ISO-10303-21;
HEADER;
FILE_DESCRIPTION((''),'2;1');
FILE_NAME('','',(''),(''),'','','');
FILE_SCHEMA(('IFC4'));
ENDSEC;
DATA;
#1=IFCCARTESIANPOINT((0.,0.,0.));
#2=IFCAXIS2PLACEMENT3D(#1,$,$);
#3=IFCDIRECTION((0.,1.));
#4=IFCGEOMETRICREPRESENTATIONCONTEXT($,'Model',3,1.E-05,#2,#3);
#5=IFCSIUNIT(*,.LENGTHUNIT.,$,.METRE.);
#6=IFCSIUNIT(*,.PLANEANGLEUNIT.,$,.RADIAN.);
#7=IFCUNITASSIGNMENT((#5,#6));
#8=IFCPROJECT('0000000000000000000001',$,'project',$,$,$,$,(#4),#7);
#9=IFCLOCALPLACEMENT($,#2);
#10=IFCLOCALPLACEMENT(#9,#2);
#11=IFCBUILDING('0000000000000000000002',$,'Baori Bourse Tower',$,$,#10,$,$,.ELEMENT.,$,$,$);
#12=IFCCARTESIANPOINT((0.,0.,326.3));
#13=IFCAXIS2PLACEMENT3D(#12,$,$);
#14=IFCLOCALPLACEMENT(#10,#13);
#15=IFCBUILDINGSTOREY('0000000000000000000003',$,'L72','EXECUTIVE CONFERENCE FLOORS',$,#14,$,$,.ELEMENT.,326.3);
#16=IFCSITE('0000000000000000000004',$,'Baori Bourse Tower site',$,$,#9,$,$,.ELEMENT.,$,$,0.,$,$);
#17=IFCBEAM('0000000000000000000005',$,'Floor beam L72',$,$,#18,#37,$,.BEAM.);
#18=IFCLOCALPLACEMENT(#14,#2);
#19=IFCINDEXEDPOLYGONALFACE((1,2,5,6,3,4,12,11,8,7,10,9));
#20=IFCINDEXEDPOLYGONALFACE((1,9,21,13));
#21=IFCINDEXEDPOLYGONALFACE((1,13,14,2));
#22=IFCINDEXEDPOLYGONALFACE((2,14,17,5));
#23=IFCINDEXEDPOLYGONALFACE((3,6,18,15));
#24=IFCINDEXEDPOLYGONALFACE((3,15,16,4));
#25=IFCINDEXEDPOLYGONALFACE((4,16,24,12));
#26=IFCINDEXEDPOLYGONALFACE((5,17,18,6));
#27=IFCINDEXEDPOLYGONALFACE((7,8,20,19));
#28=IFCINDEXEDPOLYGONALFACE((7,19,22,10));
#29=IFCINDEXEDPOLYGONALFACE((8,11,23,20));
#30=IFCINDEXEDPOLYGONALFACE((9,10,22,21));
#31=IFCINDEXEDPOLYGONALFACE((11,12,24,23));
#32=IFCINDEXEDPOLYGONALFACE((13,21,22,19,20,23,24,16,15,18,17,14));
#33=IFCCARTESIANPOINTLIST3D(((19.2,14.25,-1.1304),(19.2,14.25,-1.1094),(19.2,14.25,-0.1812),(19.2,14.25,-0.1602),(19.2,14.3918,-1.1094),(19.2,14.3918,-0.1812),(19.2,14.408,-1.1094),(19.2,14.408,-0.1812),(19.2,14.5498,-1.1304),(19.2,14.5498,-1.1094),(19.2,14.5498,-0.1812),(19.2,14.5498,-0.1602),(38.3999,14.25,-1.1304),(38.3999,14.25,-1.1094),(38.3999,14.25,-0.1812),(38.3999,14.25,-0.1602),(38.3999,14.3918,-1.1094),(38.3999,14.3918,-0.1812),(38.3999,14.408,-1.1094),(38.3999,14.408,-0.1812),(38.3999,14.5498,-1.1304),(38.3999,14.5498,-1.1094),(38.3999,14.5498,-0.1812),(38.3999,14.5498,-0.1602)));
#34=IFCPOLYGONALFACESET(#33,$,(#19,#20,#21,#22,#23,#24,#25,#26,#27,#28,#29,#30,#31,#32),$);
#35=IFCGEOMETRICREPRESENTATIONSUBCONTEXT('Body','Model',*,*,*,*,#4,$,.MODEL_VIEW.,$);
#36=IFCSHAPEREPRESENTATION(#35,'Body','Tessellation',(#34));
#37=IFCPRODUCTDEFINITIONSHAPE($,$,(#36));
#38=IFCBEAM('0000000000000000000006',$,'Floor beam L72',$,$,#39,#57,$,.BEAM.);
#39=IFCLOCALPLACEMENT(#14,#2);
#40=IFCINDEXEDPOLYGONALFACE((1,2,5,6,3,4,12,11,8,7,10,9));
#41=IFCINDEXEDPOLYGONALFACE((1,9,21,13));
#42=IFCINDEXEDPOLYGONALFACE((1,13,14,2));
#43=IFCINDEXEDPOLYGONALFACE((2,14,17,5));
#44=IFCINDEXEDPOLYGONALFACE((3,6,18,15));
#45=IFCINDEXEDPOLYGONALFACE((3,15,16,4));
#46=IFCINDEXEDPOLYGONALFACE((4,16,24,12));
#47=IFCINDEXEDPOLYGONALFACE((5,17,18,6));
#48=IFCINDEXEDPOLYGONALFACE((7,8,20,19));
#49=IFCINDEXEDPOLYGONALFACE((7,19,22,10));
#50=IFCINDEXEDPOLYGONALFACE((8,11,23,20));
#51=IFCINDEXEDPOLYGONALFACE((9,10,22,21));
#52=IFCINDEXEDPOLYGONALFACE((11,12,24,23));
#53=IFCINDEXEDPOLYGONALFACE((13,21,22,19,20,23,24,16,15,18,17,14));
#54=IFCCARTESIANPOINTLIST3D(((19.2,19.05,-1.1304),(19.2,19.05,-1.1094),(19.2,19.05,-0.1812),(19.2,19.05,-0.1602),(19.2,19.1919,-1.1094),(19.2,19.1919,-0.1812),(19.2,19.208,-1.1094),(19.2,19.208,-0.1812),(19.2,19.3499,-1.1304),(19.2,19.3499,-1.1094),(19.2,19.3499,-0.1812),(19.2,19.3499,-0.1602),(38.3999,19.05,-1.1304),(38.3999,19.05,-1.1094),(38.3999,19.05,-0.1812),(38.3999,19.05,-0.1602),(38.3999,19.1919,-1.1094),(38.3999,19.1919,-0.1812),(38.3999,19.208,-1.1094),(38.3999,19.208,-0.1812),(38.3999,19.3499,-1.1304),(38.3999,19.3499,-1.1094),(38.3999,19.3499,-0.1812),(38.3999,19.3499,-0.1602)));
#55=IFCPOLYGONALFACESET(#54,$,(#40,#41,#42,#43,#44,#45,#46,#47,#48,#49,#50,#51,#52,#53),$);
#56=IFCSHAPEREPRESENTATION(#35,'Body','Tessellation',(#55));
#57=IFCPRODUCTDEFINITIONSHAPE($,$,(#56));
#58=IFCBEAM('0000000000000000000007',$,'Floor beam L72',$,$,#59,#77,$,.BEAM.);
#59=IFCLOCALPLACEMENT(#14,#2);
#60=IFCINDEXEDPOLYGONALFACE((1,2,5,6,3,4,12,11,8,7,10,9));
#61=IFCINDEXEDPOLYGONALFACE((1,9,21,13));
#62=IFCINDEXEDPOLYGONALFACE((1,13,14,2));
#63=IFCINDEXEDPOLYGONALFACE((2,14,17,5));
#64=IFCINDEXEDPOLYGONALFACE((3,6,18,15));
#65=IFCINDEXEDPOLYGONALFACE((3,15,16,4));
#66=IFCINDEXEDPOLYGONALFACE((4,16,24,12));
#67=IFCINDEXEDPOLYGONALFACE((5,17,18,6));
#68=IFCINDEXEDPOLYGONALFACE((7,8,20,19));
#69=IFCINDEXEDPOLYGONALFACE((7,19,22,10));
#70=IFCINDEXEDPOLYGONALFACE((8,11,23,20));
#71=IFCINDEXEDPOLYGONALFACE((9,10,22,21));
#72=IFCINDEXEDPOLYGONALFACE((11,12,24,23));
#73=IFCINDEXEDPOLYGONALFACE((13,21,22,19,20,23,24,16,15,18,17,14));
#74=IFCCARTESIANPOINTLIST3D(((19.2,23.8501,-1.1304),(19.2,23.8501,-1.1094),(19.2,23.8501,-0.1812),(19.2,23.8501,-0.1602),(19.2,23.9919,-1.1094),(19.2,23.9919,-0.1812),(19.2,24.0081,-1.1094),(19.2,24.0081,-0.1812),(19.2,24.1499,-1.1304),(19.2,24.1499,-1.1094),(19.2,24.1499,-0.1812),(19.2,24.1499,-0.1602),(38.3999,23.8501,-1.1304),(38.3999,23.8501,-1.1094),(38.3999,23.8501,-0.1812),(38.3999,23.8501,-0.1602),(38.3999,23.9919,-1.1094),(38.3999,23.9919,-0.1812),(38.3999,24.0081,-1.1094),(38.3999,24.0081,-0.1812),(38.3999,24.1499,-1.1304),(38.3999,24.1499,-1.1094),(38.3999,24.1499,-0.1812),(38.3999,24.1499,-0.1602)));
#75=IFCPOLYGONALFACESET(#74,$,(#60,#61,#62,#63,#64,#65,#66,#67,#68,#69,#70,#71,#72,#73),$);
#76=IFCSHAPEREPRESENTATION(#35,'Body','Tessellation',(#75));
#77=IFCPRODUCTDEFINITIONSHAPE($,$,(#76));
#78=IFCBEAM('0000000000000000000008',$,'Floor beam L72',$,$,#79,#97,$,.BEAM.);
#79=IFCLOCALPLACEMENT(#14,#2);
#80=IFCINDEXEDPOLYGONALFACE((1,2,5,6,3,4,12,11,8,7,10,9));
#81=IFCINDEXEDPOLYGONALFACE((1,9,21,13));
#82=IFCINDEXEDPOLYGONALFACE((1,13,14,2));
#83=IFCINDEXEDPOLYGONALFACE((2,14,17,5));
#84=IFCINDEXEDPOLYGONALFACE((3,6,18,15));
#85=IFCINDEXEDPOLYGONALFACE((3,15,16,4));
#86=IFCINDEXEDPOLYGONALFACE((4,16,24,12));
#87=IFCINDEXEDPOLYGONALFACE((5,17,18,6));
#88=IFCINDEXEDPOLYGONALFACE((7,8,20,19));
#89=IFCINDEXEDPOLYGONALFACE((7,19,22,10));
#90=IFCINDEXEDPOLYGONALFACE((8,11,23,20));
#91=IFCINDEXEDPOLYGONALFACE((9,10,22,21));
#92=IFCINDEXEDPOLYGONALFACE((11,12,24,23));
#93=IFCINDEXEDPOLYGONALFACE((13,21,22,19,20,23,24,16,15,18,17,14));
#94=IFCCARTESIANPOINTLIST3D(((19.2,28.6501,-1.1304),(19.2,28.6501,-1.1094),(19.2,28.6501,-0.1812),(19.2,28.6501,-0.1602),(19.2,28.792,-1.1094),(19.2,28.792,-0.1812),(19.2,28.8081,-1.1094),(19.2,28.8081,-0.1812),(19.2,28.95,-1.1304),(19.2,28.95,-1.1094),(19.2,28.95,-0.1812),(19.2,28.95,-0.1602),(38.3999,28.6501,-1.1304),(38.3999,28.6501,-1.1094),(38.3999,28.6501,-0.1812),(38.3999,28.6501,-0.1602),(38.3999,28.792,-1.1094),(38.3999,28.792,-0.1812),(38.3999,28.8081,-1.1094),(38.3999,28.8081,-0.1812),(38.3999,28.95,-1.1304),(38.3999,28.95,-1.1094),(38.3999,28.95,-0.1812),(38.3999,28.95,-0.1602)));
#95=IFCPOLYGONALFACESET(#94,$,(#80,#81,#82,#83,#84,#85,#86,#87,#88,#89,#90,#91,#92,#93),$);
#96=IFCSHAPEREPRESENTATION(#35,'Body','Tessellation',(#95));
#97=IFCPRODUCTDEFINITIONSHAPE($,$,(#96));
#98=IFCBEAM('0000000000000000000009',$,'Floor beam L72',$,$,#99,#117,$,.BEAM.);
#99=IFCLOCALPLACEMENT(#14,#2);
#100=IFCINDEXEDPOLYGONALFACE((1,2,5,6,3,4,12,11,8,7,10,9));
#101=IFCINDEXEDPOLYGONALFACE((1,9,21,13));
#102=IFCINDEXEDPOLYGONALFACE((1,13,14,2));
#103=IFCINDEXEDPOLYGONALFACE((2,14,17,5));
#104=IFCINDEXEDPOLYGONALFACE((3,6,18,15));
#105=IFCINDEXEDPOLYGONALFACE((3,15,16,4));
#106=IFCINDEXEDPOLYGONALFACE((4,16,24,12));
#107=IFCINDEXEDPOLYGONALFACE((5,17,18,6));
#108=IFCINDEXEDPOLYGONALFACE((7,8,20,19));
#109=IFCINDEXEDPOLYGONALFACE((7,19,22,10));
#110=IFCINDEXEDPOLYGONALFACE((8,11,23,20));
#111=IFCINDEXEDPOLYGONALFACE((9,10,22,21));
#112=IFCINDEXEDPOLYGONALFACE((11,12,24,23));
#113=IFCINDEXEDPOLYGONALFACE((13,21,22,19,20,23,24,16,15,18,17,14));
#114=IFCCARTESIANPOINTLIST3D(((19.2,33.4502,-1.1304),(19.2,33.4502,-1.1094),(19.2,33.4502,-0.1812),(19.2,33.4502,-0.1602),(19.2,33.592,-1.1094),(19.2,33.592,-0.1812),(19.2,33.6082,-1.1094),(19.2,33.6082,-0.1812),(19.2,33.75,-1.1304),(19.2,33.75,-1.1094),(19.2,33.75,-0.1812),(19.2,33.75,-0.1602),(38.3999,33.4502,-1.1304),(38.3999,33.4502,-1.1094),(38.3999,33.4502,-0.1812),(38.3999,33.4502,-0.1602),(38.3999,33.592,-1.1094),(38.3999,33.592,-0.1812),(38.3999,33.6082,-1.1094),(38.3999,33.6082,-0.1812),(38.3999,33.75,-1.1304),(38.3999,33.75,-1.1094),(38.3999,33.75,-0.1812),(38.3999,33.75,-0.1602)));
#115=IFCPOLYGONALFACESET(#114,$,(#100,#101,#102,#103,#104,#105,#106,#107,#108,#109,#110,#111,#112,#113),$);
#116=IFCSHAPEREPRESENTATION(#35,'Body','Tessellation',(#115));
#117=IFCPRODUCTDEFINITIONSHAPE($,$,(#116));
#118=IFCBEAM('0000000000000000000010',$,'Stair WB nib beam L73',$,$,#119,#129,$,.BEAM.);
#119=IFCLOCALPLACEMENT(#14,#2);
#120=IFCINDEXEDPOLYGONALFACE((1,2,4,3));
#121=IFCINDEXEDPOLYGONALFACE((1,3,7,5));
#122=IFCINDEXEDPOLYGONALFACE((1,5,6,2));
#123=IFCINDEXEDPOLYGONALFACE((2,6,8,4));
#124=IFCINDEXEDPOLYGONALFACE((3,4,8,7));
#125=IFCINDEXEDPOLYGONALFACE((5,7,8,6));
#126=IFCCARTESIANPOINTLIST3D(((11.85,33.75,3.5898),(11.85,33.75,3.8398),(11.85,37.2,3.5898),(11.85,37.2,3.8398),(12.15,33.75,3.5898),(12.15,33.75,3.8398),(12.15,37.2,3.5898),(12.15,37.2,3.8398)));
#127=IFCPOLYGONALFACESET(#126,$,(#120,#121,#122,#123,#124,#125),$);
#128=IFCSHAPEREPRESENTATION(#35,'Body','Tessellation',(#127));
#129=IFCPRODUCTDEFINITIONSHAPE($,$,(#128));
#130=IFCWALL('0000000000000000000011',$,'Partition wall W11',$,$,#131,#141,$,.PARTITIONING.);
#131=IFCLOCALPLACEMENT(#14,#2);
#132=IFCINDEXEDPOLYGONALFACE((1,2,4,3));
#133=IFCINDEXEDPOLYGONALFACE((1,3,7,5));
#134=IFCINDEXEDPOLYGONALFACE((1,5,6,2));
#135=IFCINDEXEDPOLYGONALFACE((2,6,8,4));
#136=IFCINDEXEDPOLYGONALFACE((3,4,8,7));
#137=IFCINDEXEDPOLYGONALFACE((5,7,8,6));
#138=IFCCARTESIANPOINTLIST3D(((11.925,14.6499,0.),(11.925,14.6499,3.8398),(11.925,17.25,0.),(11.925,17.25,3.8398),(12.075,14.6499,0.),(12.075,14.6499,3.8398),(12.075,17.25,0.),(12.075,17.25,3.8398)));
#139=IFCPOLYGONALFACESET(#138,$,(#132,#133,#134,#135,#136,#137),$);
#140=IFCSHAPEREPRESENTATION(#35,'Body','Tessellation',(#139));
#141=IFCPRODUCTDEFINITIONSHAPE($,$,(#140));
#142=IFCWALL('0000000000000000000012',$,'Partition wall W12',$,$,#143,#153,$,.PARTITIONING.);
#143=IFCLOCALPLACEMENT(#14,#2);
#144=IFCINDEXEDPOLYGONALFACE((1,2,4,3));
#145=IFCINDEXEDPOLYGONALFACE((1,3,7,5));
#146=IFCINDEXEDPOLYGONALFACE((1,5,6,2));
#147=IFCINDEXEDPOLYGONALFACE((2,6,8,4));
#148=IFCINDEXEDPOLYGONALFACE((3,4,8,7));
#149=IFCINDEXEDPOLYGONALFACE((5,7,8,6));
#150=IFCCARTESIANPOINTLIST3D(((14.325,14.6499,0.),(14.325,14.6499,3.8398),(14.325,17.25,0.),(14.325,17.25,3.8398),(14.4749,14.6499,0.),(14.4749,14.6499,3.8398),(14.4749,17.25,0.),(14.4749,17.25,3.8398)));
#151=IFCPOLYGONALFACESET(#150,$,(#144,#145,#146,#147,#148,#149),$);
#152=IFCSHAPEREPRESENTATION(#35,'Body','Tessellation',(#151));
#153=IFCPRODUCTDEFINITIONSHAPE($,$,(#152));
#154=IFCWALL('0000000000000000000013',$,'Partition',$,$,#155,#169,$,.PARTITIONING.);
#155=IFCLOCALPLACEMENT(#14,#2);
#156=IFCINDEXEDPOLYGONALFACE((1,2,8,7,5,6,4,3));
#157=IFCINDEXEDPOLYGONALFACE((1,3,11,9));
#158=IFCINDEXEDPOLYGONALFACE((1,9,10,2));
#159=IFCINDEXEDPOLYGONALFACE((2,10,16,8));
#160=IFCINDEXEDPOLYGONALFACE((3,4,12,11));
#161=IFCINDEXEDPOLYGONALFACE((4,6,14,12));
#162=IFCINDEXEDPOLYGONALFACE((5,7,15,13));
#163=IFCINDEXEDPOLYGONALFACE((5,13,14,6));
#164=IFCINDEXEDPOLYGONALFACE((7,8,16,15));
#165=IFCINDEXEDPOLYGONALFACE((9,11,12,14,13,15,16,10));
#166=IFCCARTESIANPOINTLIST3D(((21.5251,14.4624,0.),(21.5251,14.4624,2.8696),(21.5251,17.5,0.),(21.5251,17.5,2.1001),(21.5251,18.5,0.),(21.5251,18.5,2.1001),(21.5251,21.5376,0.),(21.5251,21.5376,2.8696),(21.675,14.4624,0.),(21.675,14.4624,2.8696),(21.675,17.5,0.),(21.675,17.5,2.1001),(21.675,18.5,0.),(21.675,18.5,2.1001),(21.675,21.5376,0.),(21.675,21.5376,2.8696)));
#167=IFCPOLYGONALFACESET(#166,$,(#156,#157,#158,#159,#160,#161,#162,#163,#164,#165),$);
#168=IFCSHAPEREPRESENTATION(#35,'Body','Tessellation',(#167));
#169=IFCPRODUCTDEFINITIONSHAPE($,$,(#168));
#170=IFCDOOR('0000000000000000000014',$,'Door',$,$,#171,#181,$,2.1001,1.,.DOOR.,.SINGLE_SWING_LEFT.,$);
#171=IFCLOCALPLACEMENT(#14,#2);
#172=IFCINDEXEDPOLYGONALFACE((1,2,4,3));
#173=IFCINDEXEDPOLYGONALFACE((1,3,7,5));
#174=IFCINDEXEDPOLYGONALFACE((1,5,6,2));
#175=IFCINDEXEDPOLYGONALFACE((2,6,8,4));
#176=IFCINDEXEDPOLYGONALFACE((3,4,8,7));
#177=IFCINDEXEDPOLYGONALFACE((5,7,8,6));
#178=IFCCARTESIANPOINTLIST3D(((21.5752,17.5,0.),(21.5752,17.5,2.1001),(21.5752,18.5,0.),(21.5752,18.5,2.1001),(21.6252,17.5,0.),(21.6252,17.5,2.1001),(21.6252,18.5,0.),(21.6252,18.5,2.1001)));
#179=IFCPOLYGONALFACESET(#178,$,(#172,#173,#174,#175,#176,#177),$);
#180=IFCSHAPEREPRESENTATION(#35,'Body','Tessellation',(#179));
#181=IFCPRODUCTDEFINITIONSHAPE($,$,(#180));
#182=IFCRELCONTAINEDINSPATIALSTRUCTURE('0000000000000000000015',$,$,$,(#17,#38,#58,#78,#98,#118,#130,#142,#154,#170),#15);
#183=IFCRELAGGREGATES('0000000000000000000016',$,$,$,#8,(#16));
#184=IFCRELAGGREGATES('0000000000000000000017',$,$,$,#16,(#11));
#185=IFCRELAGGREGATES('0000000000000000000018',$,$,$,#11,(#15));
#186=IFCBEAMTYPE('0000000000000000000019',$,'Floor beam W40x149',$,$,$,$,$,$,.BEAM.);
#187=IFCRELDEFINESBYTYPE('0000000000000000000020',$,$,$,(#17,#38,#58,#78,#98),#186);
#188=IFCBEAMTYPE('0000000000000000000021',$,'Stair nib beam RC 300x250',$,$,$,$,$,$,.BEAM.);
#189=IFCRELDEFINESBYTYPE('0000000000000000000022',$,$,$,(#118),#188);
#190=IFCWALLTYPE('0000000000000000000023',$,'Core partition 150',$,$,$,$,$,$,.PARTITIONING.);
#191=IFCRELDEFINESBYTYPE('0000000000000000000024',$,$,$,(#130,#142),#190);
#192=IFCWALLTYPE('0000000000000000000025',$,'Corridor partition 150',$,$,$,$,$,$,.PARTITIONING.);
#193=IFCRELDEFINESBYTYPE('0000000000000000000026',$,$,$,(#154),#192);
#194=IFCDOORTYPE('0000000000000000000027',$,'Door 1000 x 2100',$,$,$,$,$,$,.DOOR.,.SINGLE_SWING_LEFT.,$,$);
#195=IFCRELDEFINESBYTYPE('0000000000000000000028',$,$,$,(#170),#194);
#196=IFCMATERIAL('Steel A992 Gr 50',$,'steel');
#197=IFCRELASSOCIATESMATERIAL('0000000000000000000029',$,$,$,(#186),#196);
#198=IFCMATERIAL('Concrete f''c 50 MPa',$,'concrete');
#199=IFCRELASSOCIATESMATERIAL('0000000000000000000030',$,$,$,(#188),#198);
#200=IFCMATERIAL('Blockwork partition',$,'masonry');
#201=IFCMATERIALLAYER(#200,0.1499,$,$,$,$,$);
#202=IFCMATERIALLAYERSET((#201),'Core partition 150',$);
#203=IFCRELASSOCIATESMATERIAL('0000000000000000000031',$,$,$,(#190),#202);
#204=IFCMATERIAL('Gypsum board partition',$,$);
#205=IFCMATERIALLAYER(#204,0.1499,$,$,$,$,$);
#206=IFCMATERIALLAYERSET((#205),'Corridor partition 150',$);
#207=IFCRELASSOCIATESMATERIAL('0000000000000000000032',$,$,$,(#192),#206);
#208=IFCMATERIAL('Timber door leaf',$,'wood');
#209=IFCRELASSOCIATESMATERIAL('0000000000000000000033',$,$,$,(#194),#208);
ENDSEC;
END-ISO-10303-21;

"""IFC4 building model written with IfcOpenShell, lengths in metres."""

from ifc_helpers import new_model, si_unit, direction, frame, frame_2d, origin, origin_2d, place, context, subcontext, project, spatial, rectangle, i_section, extrude, material, layer, layer_set, material_profile, profile_set, type_object, element, fill, save


model = new_model("IFC4")

# Units and contexts
model_context = context("Model", 3, precision=1e-05, world=origin(), true_north=direction((0.0, 1.0)))
body_context = subcontext(model_context, "Body", "Model", "MODEL_VIEW")
ifc_project = project(units=[si_unit("LENGTHUNIT", "METRE"), si_unit("PLANEANGLEUNIT", "RADIAN")], contexts=[model_context])

# Site, building, storey
site_placement = place(None, origin())
site = spatial("IfcSite", under=ifc_project, at=site_placement, Name="Baori Bourse Tower site", CompositionType="ELEMENT", RefElevation=0.0)
building_placement = place(site_placement, origin())
building = spatial("IfcBuilding", under=site, at=building_placement, Name="Baori Bourse Tower", CompositionType="ELEMENT")
storey_placement = place(building_placement, frame((0.0, 0.0, 326.3)))
storey = spatial("IfcBuildingStorey", under=building, at=storey_placement, Name="L72", Description="EXECUTIVE CONFERENCE FLOORS", CompositionType="ELEMENT", Elevation=326.3)

# Beams
ifc_material_1 = material(Name="Steel A992 Gr 50", Category="steel")
ifc_material_profile_1 = material_profile(ifc_material_1, i_section(OverallWidth=0.2998, OverallDepth=0.9702, WebThickness=0.0161, FlangeThickness=0.021, at=origin_2d()), Name="W40x149")
ifc_profile_set_1 = profile_set([ifc_material_profile_1], Name="Steel A992 Gr 50")
beam_type_1 = type_object("IfcBeamType", Name="Floor beam W40x149", PredefinedType="BEAM", material=ifc_profile_set_1)
for number, where, z_axis, x_axis, name in (
    (1, (19.2, 14.3999, -0.6453), (1.0, 0.0, 0.0), (0.0, 1.0, 0.0), "Floor beam L72"),
    (2, (19.2, 19.2, -0.6453), (1.0, 0.0, 0.0), (0.0, 1.0, 0.0), "Floor beam L72"),
    (3, (19.2, 24.0, -0.6453), (1.0, 0.0, 0.0), (0.0, 1.0, 0.0), "Floor beam L72"),
    (4, (19.2, 28.8, -0.6453), (1.0, 0.0, 0.0), (0.0, 1.0, 0.0), "Floor beam L72"),
    (5, (19.2, 33.6001, -0.6453), (1.0, 0.0, 0.0), (0.0, 1.0, 0.0), "Floor beam L72"),
):
    element("IfcBeam", number, at=place(storey_placement, frame(where, z_axis=z_axis, x_axis=x_axis)), inside=storey, type_object=beam_type_1, Name=name, PredefinedType="BEAM", context=body_context, shape_type="SweptSolid", body=[
        extrude(i_section(OverallWidth=0.2998, OverallDepth=0.9702, WebThickness=0.0161, FlangeThickness=0.021, at=origin_2d()), origin(), (0.0, 0.0, 1.0), 19.2),
    ])
ifc_material_2 = material(Name="Concrete f'c 50 MPa", Category="concrete")
ifc_material_profile_2 = material_profile(ifc_material_2, rectangle(XDim=0.3, YDim=0.25, at=origin_2d()), Name="RC 300x250")
ifc_profile_set_2 = profile_set([ifc_material_profile_2], Name="Concrete f'c 50 MPa")
beam_type_2 = type_object("IfcBeamType", Name="Stair nib beam RC 300x250", PredefinedType="BEAM", material=ifc_profile_set_2)
beam_placement = place(storey_placement, frame((12.0, 33.75, 3.7148), z_axis=(0.0, 1.0, 0.0), x_axis=(-1.0, 0.0, 0.0)))
element("IfcBeam", 6, at=beam_placement, inside=storey, type_object=beam_type_2, Name="Stair WB nib beam L73", PredefinedType="BEAM", context=body_context, shape_type="SweptSolid", body=[
    extrude(rectangle(XDim=0.3, YDim=0.25, at=origin_2d()), origin(), (0.0, 0.0, 1.0), 3.45),
])

# Walls
ifc_material_3 = material(Name="Blockwork partition", Category="masonry")
ifc_layer_1 = layer(ifc_material_3, 0.1499)
ifc_layer_set_1 = layer_set([ifc_layer_1], Name="Core partition 150")
wall_type_1 = type_object("IfcWallType", Name="Core partition 150", PredefinedType="PARTITIONING", material=ifc_layer_set_1)
for number, where, z_axis, x_axis, name in (
    (7, (12.0, 14.6499, 0.0), (0.0, 0.0, 1.0), (0.0, 1.0, 0.0), "Partition wall W11"),
    (8, (14.3999, 14.6499, 0.0), (0.0, 0.0, 1.0), (0.0, 1.0, 0.0), "Partition wall W12"),
):
    element("IfcWall", number, at=place(storey_placement, frame(where, z_axis=z_axis, x_axis=x_axis)), inside=storey, type_object=wall_type_1, Name=name, PredefinedType="PARTITIONING", context=body_context, shape_type="SweptSolid", body=[
        extrude(rectangle(XDim=2.6001, YDim=0.1499, at=frame_2d((1.3, 0.0))), origin(), (0.0, 0.0, 1.0), 3.8398),
    ])

# Wall, opening, door
ifc_material_4 = material(Name="Gypsum board partition")
ifc_layer_2 = layer(ifc_material_4, 0.1499)
ifc_layer_set_2 = layer_set([ifc_layer_2], Name="Corridor partition 150")
wall_type_2 = type_object("IfcWallType", Name="Corridor partition 150", PredefinedType="PARTITIONING", material=ifc_layer_set_2)
wall_1_placement = place(storey_placement, frame((21.6001, 14.4624, 0.0), z_axis=(0.0, 0.0, 1.0), x_axis=(0.0, 1.0, 0.0)))
wall_1 = element("IfcWall", 9, at=wall_1_placement, inside=storey, type_object=wall_type_2, Name="Partition", PredefinedType="PARTITIONING", context=body_context, shape_type="SweptSolid", body=[
    extrude(rectangle(XDim=7.0752, YDim=0.1499, at=frame_2d((3.5376, 0.0))), origin(), (0.0, 0.0, 1.0), 2.8696),
])
opening_1_placement = place(wall_1_placement, frame((3.0376, 0.0, 0.0)))
opening_1 = element("IfcOpeningElement", 10, at=opening_1_placement, cuts=wall_1, PredefinedType="OPENING", context=body_context, shape_type="SweptSolid", body=[
    extrude(rectangle(XDim=1.0, YDim=2.1001, at=frame_2d((0.5, 1.05))), frame((0.0, 0.085, 0.0), z_axis=(0.0, -1.0, 0.0), x_axis=(1.0, 0.0, 0.0)), (0.0, 0.0, 1.0), 0.1699),
])
ifc_material_5 = material(Name="Timber door leaf", Category="wood")
door_type_1 = type_object("IfcDoorType", Name="Door 1000 x 2100", OperationType="SINGLE_SWING_LEFT", PredefinedType="DOOR", material=ifc_material_5)
door_1_placement = place(opening_1_placement, origin())
door_1 = element("IfcDoor", 11, at=door_1_placement, inside=storey, type_object=door_type_1, Name="Door", OperationType="SINGLE_SWING_LEFT", OverallHeight=2.1001, OverallWidth=1.0, PredefinedType="DOOR", context=body_context, shape_type="SweptSolid", body=[
    extrude(rectangle(XDim=1.0, YDim=2.1001, at=frame_2d((0.5, 1.05))), frame((0.0, 0.0249, 0.0), z_axis=(0.0, -1.0, 0.0), x_axis=(1.0, 0.0, 0.0)), (0.0, 0.0, 1.0), 0.05),
])
fill(opening_1, door_1)

save(model, "model.ifc")
